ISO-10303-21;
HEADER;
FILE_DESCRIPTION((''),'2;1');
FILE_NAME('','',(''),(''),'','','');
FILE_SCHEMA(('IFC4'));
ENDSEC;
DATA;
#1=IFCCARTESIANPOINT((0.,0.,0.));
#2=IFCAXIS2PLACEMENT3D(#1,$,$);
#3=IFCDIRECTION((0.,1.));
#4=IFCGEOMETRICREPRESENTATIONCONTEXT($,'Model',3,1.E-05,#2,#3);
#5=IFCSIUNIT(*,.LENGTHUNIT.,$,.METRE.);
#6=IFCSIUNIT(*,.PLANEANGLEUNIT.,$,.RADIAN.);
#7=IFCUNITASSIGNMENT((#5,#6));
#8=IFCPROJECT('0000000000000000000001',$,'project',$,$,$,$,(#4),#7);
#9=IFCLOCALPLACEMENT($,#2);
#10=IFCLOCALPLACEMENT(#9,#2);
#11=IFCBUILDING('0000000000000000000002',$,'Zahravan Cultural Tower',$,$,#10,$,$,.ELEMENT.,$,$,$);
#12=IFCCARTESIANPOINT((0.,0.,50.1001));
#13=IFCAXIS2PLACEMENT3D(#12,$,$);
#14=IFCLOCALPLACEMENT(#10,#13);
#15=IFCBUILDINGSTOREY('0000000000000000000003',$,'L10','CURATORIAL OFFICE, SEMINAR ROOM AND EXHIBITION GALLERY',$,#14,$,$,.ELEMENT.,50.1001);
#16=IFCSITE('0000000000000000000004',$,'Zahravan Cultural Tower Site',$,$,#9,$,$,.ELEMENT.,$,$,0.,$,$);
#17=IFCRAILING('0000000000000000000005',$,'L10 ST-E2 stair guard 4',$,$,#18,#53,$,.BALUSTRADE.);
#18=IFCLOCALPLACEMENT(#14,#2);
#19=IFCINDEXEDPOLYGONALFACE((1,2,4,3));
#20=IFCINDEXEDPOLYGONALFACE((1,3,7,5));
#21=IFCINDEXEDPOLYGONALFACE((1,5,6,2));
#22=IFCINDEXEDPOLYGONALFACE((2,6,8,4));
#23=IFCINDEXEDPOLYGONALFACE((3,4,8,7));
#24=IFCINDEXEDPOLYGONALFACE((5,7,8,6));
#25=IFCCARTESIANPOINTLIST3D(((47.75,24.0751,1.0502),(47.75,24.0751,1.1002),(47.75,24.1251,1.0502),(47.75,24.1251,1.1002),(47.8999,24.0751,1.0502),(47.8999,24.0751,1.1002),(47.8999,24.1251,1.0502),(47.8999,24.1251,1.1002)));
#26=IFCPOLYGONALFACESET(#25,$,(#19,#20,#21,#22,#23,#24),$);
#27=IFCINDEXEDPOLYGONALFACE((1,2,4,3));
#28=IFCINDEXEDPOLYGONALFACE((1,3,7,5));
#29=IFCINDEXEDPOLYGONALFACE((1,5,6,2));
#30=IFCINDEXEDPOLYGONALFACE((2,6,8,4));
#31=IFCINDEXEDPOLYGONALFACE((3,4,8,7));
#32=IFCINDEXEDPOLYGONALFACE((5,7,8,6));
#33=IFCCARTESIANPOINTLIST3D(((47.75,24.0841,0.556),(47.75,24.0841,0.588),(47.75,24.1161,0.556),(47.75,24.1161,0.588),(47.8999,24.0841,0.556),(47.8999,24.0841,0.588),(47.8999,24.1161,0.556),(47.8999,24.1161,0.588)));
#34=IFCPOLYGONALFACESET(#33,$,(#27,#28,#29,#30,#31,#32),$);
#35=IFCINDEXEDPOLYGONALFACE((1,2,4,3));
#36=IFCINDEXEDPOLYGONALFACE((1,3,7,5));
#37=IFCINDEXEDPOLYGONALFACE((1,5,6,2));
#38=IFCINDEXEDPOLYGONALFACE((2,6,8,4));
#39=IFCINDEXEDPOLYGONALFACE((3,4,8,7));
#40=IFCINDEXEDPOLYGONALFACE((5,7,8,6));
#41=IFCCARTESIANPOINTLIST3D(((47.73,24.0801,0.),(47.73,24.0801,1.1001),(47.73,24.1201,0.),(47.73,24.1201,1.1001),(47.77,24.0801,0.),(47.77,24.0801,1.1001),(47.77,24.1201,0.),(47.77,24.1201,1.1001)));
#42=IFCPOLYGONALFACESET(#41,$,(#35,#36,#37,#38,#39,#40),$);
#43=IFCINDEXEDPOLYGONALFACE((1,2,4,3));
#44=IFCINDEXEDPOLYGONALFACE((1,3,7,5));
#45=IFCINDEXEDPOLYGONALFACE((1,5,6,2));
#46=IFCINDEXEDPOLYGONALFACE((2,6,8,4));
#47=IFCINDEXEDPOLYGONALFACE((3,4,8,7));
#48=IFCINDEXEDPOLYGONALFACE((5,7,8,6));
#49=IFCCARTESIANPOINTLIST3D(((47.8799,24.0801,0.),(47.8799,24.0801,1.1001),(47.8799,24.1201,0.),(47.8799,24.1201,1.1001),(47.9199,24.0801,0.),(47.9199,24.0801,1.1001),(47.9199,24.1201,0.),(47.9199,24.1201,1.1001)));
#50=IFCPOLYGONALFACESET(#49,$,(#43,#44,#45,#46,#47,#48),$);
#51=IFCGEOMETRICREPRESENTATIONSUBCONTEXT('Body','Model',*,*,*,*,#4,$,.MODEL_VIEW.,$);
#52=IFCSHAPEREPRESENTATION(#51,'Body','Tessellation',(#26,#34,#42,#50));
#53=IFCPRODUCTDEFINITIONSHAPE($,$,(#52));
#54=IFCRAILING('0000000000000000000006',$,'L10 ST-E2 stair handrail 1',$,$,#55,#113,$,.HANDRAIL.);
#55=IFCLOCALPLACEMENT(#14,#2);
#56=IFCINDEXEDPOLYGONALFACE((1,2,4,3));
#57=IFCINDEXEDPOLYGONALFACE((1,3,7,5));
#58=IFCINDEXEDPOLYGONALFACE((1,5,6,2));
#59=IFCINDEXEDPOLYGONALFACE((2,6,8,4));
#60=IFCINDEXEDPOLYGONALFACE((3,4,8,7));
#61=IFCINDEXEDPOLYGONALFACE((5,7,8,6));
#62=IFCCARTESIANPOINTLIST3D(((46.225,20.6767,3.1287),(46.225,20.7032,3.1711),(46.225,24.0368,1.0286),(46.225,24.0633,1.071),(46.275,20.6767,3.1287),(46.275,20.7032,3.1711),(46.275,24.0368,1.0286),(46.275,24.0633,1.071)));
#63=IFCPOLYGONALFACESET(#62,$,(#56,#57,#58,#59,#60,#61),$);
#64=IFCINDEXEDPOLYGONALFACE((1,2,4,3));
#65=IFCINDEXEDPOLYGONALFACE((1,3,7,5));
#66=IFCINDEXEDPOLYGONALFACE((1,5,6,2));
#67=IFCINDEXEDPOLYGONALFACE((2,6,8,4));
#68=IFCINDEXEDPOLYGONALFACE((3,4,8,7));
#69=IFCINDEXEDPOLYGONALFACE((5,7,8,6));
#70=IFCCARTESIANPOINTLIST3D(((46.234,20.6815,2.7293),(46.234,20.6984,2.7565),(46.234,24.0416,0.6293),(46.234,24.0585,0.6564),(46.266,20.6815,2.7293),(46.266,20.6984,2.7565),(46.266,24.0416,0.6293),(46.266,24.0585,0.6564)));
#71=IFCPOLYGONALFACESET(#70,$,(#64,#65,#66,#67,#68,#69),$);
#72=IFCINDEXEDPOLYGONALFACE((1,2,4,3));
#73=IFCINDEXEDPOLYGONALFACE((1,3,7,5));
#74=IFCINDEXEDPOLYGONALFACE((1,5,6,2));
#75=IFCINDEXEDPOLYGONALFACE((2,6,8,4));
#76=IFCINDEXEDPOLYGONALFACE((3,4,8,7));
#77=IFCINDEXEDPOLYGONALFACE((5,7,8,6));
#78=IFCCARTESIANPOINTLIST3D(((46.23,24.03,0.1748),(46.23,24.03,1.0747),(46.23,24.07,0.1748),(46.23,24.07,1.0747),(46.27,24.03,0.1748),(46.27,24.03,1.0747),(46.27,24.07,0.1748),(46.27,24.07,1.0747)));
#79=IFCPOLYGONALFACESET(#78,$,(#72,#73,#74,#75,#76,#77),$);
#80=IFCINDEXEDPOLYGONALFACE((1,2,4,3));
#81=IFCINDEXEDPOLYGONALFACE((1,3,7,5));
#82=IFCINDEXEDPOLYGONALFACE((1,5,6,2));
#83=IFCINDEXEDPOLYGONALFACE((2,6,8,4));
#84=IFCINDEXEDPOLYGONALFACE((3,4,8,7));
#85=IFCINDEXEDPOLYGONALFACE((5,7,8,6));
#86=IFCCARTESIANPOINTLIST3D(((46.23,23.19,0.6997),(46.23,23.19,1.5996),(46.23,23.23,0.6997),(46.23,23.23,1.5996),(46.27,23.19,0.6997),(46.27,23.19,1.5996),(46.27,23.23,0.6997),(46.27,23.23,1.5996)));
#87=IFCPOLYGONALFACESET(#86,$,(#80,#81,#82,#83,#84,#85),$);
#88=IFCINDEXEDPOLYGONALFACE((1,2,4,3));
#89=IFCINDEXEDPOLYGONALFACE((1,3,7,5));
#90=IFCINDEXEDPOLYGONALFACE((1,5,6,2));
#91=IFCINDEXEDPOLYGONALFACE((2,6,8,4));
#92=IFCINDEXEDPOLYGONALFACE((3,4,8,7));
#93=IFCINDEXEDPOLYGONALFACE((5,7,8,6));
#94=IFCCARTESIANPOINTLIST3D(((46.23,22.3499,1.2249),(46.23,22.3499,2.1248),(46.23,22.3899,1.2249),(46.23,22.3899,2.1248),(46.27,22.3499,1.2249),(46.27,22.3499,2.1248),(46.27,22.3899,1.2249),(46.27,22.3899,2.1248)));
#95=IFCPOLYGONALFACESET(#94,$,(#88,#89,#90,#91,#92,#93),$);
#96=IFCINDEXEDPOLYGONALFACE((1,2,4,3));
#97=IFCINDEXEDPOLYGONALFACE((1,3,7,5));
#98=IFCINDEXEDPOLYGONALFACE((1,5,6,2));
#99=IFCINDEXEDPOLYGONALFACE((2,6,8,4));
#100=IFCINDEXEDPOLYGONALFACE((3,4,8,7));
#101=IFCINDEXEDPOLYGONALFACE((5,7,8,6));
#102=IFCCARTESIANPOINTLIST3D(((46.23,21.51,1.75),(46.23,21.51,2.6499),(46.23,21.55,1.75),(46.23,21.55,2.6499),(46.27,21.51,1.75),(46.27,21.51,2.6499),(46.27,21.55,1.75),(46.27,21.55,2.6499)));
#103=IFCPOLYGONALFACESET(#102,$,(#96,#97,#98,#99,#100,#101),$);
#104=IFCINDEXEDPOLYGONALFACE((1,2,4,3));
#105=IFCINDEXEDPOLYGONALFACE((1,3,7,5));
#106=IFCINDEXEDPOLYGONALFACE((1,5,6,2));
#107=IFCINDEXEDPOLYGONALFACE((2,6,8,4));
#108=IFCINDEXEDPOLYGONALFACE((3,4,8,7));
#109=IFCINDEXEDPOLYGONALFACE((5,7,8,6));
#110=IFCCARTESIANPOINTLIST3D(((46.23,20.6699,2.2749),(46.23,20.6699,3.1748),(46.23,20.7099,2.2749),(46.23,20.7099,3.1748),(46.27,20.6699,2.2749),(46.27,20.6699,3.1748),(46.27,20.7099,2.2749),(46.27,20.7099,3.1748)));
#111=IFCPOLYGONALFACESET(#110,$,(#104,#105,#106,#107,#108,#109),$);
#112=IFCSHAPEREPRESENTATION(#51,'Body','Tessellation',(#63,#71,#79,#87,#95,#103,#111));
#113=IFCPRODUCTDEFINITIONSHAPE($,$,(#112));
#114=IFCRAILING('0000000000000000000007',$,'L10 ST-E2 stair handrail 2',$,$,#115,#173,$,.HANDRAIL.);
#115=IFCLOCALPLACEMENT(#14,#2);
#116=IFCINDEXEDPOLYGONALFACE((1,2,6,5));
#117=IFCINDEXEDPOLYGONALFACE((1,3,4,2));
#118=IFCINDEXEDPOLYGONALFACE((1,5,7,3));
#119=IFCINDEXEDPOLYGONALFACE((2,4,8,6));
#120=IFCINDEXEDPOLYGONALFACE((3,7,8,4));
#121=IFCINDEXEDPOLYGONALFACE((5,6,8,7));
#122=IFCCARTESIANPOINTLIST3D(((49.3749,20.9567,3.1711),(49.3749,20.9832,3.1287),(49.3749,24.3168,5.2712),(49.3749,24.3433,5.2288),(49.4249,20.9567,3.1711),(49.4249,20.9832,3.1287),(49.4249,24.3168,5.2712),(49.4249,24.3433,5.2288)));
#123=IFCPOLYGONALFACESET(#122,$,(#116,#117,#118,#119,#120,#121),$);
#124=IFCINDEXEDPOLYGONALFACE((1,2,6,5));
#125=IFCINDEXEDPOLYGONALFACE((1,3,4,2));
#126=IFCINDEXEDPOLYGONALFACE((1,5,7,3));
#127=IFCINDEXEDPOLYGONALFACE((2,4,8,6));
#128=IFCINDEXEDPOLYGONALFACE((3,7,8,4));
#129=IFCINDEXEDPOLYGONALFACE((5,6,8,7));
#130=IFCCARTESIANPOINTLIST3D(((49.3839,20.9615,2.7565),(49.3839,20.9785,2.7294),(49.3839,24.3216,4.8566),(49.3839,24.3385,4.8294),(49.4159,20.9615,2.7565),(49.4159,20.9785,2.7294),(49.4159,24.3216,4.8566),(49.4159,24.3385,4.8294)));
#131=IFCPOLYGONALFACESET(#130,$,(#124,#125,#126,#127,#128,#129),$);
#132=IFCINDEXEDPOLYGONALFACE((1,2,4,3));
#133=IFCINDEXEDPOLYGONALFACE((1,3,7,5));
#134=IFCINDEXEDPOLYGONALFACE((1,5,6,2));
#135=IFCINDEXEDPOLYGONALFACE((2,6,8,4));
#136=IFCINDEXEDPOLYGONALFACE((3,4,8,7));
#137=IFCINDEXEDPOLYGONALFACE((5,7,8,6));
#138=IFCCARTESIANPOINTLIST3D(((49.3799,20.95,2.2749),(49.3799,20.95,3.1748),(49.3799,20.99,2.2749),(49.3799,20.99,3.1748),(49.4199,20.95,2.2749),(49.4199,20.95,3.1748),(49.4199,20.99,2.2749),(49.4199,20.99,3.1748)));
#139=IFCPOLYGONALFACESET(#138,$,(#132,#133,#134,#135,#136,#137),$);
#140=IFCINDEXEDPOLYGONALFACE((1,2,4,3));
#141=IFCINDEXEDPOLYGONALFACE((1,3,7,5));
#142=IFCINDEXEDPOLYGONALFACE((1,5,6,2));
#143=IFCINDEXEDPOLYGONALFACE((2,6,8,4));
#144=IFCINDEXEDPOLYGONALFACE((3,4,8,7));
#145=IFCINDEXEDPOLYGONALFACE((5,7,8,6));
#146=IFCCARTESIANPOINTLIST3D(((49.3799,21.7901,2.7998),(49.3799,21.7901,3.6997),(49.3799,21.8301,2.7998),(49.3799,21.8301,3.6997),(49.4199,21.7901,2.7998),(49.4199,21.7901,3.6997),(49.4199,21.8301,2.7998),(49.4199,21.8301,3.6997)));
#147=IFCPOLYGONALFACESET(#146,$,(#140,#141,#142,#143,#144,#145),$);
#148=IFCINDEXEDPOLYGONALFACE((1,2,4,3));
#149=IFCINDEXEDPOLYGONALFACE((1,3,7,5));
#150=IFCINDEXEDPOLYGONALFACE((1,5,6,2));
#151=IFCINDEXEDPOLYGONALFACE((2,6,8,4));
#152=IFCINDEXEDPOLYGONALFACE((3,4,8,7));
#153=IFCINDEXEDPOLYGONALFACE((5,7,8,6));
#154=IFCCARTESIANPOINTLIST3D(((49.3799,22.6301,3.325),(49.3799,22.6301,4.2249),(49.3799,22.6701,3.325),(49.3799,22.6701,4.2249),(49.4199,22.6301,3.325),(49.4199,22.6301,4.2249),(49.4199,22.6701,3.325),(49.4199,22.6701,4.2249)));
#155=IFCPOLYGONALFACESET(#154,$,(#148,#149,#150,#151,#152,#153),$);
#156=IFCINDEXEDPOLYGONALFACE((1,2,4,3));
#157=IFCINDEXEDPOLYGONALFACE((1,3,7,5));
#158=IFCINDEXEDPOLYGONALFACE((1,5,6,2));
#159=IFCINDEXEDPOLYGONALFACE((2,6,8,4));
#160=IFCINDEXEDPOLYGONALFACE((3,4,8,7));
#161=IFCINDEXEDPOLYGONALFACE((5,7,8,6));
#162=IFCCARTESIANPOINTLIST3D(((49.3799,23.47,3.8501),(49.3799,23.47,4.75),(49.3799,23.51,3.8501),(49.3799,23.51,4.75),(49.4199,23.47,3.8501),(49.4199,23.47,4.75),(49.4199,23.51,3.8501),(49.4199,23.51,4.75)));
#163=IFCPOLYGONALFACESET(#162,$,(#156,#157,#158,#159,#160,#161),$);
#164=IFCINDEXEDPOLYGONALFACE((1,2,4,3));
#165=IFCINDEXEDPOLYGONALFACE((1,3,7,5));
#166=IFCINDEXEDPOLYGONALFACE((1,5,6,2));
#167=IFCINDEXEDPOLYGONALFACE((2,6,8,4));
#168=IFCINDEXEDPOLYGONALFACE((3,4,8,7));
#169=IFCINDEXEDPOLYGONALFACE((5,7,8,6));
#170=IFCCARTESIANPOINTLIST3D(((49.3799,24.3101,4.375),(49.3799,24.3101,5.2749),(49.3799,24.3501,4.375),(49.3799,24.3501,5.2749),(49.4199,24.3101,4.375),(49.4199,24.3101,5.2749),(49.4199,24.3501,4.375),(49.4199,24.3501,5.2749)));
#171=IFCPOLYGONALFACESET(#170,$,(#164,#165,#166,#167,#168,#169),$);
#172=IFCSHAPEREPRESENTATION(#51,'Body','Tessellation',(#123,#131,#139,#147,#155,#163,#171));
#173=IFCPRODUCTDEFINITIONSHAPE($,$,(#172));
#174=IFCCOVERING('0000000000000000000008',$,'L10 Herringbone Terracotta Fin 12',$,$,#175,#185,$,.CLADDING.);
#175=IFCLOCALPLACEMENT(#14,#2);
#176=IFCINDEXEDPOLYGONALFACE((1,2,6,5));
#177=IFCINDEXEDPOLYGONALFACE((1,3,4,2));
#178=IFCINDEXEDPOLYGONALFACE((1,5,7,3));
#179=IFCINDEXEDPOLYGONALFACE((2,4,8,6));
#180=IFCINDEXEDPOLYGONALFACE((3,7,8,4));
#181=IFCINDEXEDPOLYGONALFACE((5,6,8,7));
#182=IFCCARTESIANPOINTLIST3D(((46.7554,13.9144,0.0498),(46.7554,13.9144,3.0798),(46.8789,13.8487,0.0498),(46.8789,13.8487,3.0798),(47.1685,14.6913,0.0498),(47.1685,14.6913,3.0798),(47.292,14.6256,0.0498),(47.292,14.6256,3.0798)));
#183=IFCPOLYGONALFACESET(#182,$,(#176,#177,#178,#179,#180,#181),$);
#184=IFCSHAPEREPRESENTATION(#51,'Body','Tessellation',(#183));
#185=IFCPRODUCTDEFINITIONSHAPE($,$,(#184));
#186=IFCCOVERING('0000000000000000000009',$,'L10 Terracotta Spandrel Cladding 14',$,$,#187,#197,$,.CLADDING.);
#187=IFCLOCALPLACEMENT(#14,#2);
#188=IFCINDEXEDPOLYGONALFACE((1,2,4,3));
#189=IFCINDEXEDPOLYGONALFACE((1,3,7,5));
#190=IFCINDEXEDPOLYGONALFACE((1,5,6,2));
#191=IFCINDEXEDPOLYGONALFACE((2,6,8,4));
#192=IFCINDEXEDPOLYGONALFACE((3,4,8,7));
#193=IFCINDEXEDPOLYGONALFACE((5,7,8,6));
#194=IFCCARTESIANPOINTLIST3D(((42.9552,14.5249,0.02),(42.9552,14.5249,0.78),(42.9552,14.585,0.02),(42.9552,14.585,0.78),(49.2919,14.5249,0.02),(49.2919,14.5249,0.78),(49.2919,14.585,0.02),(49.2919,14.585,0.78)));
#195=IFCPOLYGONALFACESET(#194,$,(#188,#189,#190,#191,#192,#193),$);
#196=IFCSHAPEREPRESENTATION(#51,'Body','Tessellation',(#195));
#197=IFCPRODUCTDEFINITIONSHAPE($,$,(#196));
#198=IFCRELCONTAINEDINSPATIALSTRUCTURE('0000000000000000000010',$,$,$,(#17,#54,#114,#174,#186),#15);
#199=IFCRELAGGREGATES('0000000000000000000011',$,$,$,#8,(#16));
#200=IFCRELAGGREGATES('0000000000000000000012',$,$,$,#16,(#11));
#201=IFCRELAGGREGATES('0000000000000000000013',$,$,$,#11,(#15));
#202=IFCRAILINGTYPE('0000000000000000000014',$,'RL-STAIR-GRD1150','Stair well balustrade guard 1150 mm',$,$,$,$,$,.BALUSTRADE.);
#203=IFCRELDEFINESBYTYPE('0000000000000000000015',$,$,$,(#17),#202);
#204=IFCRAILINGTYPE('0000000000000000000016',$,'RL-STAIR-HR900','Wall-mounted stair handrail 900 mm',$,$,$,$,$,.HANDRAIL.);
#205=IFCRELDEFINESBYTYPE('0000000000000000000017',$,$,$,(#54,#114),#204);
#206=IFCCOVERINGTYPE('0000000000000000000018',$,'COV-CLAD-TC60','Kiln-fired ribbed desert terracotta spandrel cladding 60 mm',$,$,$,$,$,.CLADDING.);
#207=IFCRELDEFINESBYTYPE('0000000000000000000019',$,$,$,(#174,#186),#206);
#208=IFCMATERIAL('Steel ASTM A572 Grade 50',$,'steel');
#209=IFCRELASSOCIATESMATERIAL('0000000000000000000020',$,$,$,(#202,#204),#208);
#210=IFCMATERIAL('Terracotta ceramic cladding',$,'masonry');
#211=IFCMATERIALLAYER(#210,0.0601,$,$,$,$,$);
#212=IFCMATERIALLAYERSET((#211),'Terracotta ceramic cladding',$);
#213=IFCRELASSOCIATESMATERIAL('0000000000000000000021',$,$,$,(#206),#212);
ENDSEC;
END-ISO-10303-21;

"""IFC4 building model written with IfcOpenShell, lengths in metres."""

from ifc_helpers import new_model, si_unit, direction, frame, origin, origin_2d, place, context, subcontext, project, spatial, rectangle, extrude, source, transform, mapped, material, layer, layer_set, type_object, element, save


model = new_model("IFC4")

# Units and contexts
model_context = context("Model", 3, precision=1e-05, world=origin(), true_north=direction((0.0, 1.0)))
body_context = subcontext(model_context, "Body", "Model", "MODEL_VIEW")
ifc_project = project(units=[si_unit("LENGTHUNIT", "METRE"), si_unit("PLANEANGLEUNIT", "RADIAN")], contexts=[model_context])

# Site, building, storey
site_placement = place(None, origin())
site = spatial("IfcSite", under=ifc_project, at=site_placement, Name="Zahravan Cultural Tower Site", CompositionType="ELEMENT", RefElevation=0.0)
building_placement = place(site_placement, origin())
building = spatial("IfcBuilding", under=site, at=building_placement, Name="Zahravan Cultural Tower", CompositionType="ELEMENT")
storey_placement = place(building_placement, frame((0.0, 0.0, 50.1001)))
storey = spatial("IfcBuildingStorey", under=building, at=storey_placement, Name="L10", Description="CURATORIAL OFFICE, SEMINAR ROOM AND EXHIBITION GALLERY", CompositionType="ELEMENT", Elevation=50.1001)

# Shared definitions
ifc_material_1 = material(Name="Steel ASTM A572 Grade 50", Category="steel")

# Railings
railing_type_1 = type_object("IfcRailingType", Name="RL-STAIR-GRD1150", Description="Stair well balustrade guard 1150 mm", PredefinedType="BALUSTRADE", material=ifc_material_1)
railing_1_placement = place(storey_placement, frame((47.75, 24.1001, 0.0)))
element("IfcRailing", 1, at=railing_1_placement, inside=storey, type_object=railing_type_1, Name="L10 ST-E2 stair guard 4", PredefinedType="BALUSTRADE", context=body_context, shape_type="SweptSolid", body=[
    extrude(rectangle(XDim=0.05, YDim=0.05, at=origin_2d()), frame((0.0, 0.0, 1.0752), z_axis=(1.0, 0.0, 0.0), x_axis=(0.0, 1.0, 0.0)), (0.0, 0.0, 1.0), 0.1499),
    extrude(rectangle(XDim=0.032, YDim=0.032, at=origin_2d()), frame((0.0, 0.0, 0.572), z_axis=(1.0, 0.0, 0.0), x_axis=(0.0, 1.0, 0.0)), (0.0, 0.0, 1.0), 0.1499),
    extrude(rectangle(XDim=0.04, YDim=0.04, at=origin_2d()), origin(), (0.0, 0.0, 1.0), 1.1001),
    extrude(rectangle(XDim=0.04, YDim=0.04, at=origin_2d()), frame((0.1499, 0.0, 0.0)), (0.0, 0.0, 1.0), 1.1001),
])
railing_type_2 = type_object("IfcRailingType", Name="RL-STAIR-HR900", Description="Wall-mounted stair handrail 900 mm", PredefinedType="HANDRAIL", material=ifc_material_1)
railing_2_placement = place(storey_placement, frame((46.25, 24.05, 0.1748)))
element("IfcRailing", 2, at=railing_2_placement, inside=storey, type_object=railing_type_2, Name="L10 ST-E2 stair handrail 1", PredefinedType="HANDRAIL", context=body_context, shape_type="SweptSolid", body=[
    extrude(rectangle(XDim=0.05, YDim=0.05, at=origin_2d()), frame((0.0, 0.0, 0.875), z_axis=(0.0, -0.847995, 0.530004), x_axis=(1.0, 0.0, 0.0)), (0.0, 0.0, 1.0), 3.9624),
    extrude(rectangle(XDim=0.032, YDim=0.032, at=origin_2d()), frame((0.0, 0.0, 0.468), z_axis=(0.0, -0.847995, 0.530004), x_axis=(1.0, 0.0, 0.0)), (0.0, 0.0, 1.0), 3.9624),
    extrude(rectangle(XDim=0.04, YDim=0.04, at=origin_2d()), origin(), (0.0, 0.0, 1.0), 0.8999),
    extrude(rectangle(XDim=0.04, YDim=0.04, at=origin_2d()), frame((0.0, -0.8401, 0.5249)), (0.0, 0.0, 1.0), 0.8999),
    extrude(rectangle(XDim=0.04, YDim=0.04, at=origin_2d()), frame((0.0, -1.6802, 1.05)), (0.0, 0.0, 1.0), 0.8999),
    extrude(rectangle(XDim=0.04, YDim=0.04, at=origin_2d()), frame((0.0, -2.52, 1.5752)), (0.0, 0.0, 1.0), 0.8999),
    extrude(rectangle(XDim=0.04, YDim=0.04, at=origin_2d()), frame((0.0, -3.3601, 2.1001)), (0.0, 0.0, 1.0), 0.8999),
])
railing_3_placement = place(storey_placement, frame((49.3999, 20.97, 2.2749)))
element("IfcRailing", 3, at=railing_3_placement, inside=storey, type_object=railing_type_2, Name="L10 ST-E2 stair handrail 2", PredefinedType="HANDRAIL", context=body_context, shape_type="SweptSolid", body=[
    extrude(rectangle(XDim=0.05, YDim=0.05, at=origin_2d()), frame((0.0, 0.0, 0.875), z_axis=(0.0, 0.847995, 0.530004), x_axis=(-1.0, 0.0, 0.0)), (0.0, 0.0, 1.0), 3.9624),
    extrude(rectangle(XDim=0.032, YDim=0.032, at=origin_2d()), frame((0.0, 0.0, 0.468), z_axis=(0.0, 0.847995, 0.530004), x_axis=(-1.0, 0.0, 0.0)), (0.0, 0.0, 1.0), 3.9624),
    extrude(rectangle(XDim=0.04, YDim=0.04, at=origin_2d()), origin(), (0.0, 0.0, 1.0), 0.8999),
    extrude(rectangle(XDim=0.04, YDim=0.04, at=origin_2d()), frame((0.0, 0.8401, 0.5249)), (0.0, 0.0, 1.0), 0.8999),
    extrude(rectangle(XDim=0.04, YDim=0.04, at=origin_2d()), frame((0.0, 1.6802, 1.05)), (0.0, 0.0, 1.0), 0.8999),
    extrude(rectangle(XDim=0.04, YDim=0.04, at=origin_2d()), frame((0.0, 2.52, 1.5752)), (0.0, 0.0, 1.0), 0.8999),
    extrude(rectangle(XDim=0.04, YDim=0.04, at=origin_2d()), frame((0.0, 3.3601, 2.1001)), (0.0, 0.0, 1.0), 0.8999),
])

# Coverings
ifc_material_2 = material(Name="Terracotta ceramic cladding", Category="masonry")
ifc_layer_1 = layer(ifc_material_2, 0.0601)
ifc_layer_set_1 = layer_set([ifc_layer_1], Name="Terracotta ceramic cladding")
covering_type = type_object("IfcCoveringType", Name="COV-CLAD-TC60", Description="Kiln-fired ribbed desert terracotta spandrel cladding 60 mm", PredefinedType="CLADDING", material=ifc_layer_set_1)
shared_shape_1 = source(origin(), body_context, "Body", "SweptSolid", [
    extrude(rectangle(XDim=0.8799, YDim=0.1399, at=origin_2d()), origin(), (0.0, 0.0, 1.0), 3.03),
])
covering_1_placement = place(storey_placement, frame((47.0237, 14.27, 0.0498), z_axis=(0.0, 0.0, 1.0), x_axis=(-0.469472, -0.882948, 0.0)))
element("IfcCovering", 4, at=covering_1_placement, inside=storey, type_object=covering_type, Name="L10 Herringbone Terracotta Fin 12", PredefinedType="CLADDING", context=body_context, shape_type="MappedRepresentation", body=[
    mapped(shared_shape_1, transform((0.0, 0.0, 0.0), x_axis=(1.0, 0.0, 0.0), y_axis=(0.0, 1.0, 0.0), z_axis=(0.0, 0.0, 1.0), scale=1.0)),
])
shared_shape_2 = source(origin(), body_context, "Body", "SweptSolid", [
    extrude(rectangle(XDim=6.3367, YDim=0.0601, at=origin_2d()), origin(), (0.0, 0.0, 1.0), 0.76),
])
covering_2_placement = place(storey_placement, frame((46.1235, 14.5549, 0.02), z_axis=(0.0, 0.0, 1.0), x_axis=(-1.0, 0.0, 0.0)))
element("IfcCovering", 5, at=covering_2_placement, inside=storey, type_object=covering_type, Name="L10 Terracotta Spandrel Cladding 14", PredefinedType="CLADDING", context=body_context, shape_type="MappedRepresentation", body=[
    mapped(shared_shape_2, transform((0.0, 0.0, 0.0), x_axis=(1.0, 0.0, 0.0), y_axis=(0.0, 1.0, 0.0), z_axis=(0.0, 0.0, 1.0), scale=1.0)),
])

save(model, "model.ifc")
